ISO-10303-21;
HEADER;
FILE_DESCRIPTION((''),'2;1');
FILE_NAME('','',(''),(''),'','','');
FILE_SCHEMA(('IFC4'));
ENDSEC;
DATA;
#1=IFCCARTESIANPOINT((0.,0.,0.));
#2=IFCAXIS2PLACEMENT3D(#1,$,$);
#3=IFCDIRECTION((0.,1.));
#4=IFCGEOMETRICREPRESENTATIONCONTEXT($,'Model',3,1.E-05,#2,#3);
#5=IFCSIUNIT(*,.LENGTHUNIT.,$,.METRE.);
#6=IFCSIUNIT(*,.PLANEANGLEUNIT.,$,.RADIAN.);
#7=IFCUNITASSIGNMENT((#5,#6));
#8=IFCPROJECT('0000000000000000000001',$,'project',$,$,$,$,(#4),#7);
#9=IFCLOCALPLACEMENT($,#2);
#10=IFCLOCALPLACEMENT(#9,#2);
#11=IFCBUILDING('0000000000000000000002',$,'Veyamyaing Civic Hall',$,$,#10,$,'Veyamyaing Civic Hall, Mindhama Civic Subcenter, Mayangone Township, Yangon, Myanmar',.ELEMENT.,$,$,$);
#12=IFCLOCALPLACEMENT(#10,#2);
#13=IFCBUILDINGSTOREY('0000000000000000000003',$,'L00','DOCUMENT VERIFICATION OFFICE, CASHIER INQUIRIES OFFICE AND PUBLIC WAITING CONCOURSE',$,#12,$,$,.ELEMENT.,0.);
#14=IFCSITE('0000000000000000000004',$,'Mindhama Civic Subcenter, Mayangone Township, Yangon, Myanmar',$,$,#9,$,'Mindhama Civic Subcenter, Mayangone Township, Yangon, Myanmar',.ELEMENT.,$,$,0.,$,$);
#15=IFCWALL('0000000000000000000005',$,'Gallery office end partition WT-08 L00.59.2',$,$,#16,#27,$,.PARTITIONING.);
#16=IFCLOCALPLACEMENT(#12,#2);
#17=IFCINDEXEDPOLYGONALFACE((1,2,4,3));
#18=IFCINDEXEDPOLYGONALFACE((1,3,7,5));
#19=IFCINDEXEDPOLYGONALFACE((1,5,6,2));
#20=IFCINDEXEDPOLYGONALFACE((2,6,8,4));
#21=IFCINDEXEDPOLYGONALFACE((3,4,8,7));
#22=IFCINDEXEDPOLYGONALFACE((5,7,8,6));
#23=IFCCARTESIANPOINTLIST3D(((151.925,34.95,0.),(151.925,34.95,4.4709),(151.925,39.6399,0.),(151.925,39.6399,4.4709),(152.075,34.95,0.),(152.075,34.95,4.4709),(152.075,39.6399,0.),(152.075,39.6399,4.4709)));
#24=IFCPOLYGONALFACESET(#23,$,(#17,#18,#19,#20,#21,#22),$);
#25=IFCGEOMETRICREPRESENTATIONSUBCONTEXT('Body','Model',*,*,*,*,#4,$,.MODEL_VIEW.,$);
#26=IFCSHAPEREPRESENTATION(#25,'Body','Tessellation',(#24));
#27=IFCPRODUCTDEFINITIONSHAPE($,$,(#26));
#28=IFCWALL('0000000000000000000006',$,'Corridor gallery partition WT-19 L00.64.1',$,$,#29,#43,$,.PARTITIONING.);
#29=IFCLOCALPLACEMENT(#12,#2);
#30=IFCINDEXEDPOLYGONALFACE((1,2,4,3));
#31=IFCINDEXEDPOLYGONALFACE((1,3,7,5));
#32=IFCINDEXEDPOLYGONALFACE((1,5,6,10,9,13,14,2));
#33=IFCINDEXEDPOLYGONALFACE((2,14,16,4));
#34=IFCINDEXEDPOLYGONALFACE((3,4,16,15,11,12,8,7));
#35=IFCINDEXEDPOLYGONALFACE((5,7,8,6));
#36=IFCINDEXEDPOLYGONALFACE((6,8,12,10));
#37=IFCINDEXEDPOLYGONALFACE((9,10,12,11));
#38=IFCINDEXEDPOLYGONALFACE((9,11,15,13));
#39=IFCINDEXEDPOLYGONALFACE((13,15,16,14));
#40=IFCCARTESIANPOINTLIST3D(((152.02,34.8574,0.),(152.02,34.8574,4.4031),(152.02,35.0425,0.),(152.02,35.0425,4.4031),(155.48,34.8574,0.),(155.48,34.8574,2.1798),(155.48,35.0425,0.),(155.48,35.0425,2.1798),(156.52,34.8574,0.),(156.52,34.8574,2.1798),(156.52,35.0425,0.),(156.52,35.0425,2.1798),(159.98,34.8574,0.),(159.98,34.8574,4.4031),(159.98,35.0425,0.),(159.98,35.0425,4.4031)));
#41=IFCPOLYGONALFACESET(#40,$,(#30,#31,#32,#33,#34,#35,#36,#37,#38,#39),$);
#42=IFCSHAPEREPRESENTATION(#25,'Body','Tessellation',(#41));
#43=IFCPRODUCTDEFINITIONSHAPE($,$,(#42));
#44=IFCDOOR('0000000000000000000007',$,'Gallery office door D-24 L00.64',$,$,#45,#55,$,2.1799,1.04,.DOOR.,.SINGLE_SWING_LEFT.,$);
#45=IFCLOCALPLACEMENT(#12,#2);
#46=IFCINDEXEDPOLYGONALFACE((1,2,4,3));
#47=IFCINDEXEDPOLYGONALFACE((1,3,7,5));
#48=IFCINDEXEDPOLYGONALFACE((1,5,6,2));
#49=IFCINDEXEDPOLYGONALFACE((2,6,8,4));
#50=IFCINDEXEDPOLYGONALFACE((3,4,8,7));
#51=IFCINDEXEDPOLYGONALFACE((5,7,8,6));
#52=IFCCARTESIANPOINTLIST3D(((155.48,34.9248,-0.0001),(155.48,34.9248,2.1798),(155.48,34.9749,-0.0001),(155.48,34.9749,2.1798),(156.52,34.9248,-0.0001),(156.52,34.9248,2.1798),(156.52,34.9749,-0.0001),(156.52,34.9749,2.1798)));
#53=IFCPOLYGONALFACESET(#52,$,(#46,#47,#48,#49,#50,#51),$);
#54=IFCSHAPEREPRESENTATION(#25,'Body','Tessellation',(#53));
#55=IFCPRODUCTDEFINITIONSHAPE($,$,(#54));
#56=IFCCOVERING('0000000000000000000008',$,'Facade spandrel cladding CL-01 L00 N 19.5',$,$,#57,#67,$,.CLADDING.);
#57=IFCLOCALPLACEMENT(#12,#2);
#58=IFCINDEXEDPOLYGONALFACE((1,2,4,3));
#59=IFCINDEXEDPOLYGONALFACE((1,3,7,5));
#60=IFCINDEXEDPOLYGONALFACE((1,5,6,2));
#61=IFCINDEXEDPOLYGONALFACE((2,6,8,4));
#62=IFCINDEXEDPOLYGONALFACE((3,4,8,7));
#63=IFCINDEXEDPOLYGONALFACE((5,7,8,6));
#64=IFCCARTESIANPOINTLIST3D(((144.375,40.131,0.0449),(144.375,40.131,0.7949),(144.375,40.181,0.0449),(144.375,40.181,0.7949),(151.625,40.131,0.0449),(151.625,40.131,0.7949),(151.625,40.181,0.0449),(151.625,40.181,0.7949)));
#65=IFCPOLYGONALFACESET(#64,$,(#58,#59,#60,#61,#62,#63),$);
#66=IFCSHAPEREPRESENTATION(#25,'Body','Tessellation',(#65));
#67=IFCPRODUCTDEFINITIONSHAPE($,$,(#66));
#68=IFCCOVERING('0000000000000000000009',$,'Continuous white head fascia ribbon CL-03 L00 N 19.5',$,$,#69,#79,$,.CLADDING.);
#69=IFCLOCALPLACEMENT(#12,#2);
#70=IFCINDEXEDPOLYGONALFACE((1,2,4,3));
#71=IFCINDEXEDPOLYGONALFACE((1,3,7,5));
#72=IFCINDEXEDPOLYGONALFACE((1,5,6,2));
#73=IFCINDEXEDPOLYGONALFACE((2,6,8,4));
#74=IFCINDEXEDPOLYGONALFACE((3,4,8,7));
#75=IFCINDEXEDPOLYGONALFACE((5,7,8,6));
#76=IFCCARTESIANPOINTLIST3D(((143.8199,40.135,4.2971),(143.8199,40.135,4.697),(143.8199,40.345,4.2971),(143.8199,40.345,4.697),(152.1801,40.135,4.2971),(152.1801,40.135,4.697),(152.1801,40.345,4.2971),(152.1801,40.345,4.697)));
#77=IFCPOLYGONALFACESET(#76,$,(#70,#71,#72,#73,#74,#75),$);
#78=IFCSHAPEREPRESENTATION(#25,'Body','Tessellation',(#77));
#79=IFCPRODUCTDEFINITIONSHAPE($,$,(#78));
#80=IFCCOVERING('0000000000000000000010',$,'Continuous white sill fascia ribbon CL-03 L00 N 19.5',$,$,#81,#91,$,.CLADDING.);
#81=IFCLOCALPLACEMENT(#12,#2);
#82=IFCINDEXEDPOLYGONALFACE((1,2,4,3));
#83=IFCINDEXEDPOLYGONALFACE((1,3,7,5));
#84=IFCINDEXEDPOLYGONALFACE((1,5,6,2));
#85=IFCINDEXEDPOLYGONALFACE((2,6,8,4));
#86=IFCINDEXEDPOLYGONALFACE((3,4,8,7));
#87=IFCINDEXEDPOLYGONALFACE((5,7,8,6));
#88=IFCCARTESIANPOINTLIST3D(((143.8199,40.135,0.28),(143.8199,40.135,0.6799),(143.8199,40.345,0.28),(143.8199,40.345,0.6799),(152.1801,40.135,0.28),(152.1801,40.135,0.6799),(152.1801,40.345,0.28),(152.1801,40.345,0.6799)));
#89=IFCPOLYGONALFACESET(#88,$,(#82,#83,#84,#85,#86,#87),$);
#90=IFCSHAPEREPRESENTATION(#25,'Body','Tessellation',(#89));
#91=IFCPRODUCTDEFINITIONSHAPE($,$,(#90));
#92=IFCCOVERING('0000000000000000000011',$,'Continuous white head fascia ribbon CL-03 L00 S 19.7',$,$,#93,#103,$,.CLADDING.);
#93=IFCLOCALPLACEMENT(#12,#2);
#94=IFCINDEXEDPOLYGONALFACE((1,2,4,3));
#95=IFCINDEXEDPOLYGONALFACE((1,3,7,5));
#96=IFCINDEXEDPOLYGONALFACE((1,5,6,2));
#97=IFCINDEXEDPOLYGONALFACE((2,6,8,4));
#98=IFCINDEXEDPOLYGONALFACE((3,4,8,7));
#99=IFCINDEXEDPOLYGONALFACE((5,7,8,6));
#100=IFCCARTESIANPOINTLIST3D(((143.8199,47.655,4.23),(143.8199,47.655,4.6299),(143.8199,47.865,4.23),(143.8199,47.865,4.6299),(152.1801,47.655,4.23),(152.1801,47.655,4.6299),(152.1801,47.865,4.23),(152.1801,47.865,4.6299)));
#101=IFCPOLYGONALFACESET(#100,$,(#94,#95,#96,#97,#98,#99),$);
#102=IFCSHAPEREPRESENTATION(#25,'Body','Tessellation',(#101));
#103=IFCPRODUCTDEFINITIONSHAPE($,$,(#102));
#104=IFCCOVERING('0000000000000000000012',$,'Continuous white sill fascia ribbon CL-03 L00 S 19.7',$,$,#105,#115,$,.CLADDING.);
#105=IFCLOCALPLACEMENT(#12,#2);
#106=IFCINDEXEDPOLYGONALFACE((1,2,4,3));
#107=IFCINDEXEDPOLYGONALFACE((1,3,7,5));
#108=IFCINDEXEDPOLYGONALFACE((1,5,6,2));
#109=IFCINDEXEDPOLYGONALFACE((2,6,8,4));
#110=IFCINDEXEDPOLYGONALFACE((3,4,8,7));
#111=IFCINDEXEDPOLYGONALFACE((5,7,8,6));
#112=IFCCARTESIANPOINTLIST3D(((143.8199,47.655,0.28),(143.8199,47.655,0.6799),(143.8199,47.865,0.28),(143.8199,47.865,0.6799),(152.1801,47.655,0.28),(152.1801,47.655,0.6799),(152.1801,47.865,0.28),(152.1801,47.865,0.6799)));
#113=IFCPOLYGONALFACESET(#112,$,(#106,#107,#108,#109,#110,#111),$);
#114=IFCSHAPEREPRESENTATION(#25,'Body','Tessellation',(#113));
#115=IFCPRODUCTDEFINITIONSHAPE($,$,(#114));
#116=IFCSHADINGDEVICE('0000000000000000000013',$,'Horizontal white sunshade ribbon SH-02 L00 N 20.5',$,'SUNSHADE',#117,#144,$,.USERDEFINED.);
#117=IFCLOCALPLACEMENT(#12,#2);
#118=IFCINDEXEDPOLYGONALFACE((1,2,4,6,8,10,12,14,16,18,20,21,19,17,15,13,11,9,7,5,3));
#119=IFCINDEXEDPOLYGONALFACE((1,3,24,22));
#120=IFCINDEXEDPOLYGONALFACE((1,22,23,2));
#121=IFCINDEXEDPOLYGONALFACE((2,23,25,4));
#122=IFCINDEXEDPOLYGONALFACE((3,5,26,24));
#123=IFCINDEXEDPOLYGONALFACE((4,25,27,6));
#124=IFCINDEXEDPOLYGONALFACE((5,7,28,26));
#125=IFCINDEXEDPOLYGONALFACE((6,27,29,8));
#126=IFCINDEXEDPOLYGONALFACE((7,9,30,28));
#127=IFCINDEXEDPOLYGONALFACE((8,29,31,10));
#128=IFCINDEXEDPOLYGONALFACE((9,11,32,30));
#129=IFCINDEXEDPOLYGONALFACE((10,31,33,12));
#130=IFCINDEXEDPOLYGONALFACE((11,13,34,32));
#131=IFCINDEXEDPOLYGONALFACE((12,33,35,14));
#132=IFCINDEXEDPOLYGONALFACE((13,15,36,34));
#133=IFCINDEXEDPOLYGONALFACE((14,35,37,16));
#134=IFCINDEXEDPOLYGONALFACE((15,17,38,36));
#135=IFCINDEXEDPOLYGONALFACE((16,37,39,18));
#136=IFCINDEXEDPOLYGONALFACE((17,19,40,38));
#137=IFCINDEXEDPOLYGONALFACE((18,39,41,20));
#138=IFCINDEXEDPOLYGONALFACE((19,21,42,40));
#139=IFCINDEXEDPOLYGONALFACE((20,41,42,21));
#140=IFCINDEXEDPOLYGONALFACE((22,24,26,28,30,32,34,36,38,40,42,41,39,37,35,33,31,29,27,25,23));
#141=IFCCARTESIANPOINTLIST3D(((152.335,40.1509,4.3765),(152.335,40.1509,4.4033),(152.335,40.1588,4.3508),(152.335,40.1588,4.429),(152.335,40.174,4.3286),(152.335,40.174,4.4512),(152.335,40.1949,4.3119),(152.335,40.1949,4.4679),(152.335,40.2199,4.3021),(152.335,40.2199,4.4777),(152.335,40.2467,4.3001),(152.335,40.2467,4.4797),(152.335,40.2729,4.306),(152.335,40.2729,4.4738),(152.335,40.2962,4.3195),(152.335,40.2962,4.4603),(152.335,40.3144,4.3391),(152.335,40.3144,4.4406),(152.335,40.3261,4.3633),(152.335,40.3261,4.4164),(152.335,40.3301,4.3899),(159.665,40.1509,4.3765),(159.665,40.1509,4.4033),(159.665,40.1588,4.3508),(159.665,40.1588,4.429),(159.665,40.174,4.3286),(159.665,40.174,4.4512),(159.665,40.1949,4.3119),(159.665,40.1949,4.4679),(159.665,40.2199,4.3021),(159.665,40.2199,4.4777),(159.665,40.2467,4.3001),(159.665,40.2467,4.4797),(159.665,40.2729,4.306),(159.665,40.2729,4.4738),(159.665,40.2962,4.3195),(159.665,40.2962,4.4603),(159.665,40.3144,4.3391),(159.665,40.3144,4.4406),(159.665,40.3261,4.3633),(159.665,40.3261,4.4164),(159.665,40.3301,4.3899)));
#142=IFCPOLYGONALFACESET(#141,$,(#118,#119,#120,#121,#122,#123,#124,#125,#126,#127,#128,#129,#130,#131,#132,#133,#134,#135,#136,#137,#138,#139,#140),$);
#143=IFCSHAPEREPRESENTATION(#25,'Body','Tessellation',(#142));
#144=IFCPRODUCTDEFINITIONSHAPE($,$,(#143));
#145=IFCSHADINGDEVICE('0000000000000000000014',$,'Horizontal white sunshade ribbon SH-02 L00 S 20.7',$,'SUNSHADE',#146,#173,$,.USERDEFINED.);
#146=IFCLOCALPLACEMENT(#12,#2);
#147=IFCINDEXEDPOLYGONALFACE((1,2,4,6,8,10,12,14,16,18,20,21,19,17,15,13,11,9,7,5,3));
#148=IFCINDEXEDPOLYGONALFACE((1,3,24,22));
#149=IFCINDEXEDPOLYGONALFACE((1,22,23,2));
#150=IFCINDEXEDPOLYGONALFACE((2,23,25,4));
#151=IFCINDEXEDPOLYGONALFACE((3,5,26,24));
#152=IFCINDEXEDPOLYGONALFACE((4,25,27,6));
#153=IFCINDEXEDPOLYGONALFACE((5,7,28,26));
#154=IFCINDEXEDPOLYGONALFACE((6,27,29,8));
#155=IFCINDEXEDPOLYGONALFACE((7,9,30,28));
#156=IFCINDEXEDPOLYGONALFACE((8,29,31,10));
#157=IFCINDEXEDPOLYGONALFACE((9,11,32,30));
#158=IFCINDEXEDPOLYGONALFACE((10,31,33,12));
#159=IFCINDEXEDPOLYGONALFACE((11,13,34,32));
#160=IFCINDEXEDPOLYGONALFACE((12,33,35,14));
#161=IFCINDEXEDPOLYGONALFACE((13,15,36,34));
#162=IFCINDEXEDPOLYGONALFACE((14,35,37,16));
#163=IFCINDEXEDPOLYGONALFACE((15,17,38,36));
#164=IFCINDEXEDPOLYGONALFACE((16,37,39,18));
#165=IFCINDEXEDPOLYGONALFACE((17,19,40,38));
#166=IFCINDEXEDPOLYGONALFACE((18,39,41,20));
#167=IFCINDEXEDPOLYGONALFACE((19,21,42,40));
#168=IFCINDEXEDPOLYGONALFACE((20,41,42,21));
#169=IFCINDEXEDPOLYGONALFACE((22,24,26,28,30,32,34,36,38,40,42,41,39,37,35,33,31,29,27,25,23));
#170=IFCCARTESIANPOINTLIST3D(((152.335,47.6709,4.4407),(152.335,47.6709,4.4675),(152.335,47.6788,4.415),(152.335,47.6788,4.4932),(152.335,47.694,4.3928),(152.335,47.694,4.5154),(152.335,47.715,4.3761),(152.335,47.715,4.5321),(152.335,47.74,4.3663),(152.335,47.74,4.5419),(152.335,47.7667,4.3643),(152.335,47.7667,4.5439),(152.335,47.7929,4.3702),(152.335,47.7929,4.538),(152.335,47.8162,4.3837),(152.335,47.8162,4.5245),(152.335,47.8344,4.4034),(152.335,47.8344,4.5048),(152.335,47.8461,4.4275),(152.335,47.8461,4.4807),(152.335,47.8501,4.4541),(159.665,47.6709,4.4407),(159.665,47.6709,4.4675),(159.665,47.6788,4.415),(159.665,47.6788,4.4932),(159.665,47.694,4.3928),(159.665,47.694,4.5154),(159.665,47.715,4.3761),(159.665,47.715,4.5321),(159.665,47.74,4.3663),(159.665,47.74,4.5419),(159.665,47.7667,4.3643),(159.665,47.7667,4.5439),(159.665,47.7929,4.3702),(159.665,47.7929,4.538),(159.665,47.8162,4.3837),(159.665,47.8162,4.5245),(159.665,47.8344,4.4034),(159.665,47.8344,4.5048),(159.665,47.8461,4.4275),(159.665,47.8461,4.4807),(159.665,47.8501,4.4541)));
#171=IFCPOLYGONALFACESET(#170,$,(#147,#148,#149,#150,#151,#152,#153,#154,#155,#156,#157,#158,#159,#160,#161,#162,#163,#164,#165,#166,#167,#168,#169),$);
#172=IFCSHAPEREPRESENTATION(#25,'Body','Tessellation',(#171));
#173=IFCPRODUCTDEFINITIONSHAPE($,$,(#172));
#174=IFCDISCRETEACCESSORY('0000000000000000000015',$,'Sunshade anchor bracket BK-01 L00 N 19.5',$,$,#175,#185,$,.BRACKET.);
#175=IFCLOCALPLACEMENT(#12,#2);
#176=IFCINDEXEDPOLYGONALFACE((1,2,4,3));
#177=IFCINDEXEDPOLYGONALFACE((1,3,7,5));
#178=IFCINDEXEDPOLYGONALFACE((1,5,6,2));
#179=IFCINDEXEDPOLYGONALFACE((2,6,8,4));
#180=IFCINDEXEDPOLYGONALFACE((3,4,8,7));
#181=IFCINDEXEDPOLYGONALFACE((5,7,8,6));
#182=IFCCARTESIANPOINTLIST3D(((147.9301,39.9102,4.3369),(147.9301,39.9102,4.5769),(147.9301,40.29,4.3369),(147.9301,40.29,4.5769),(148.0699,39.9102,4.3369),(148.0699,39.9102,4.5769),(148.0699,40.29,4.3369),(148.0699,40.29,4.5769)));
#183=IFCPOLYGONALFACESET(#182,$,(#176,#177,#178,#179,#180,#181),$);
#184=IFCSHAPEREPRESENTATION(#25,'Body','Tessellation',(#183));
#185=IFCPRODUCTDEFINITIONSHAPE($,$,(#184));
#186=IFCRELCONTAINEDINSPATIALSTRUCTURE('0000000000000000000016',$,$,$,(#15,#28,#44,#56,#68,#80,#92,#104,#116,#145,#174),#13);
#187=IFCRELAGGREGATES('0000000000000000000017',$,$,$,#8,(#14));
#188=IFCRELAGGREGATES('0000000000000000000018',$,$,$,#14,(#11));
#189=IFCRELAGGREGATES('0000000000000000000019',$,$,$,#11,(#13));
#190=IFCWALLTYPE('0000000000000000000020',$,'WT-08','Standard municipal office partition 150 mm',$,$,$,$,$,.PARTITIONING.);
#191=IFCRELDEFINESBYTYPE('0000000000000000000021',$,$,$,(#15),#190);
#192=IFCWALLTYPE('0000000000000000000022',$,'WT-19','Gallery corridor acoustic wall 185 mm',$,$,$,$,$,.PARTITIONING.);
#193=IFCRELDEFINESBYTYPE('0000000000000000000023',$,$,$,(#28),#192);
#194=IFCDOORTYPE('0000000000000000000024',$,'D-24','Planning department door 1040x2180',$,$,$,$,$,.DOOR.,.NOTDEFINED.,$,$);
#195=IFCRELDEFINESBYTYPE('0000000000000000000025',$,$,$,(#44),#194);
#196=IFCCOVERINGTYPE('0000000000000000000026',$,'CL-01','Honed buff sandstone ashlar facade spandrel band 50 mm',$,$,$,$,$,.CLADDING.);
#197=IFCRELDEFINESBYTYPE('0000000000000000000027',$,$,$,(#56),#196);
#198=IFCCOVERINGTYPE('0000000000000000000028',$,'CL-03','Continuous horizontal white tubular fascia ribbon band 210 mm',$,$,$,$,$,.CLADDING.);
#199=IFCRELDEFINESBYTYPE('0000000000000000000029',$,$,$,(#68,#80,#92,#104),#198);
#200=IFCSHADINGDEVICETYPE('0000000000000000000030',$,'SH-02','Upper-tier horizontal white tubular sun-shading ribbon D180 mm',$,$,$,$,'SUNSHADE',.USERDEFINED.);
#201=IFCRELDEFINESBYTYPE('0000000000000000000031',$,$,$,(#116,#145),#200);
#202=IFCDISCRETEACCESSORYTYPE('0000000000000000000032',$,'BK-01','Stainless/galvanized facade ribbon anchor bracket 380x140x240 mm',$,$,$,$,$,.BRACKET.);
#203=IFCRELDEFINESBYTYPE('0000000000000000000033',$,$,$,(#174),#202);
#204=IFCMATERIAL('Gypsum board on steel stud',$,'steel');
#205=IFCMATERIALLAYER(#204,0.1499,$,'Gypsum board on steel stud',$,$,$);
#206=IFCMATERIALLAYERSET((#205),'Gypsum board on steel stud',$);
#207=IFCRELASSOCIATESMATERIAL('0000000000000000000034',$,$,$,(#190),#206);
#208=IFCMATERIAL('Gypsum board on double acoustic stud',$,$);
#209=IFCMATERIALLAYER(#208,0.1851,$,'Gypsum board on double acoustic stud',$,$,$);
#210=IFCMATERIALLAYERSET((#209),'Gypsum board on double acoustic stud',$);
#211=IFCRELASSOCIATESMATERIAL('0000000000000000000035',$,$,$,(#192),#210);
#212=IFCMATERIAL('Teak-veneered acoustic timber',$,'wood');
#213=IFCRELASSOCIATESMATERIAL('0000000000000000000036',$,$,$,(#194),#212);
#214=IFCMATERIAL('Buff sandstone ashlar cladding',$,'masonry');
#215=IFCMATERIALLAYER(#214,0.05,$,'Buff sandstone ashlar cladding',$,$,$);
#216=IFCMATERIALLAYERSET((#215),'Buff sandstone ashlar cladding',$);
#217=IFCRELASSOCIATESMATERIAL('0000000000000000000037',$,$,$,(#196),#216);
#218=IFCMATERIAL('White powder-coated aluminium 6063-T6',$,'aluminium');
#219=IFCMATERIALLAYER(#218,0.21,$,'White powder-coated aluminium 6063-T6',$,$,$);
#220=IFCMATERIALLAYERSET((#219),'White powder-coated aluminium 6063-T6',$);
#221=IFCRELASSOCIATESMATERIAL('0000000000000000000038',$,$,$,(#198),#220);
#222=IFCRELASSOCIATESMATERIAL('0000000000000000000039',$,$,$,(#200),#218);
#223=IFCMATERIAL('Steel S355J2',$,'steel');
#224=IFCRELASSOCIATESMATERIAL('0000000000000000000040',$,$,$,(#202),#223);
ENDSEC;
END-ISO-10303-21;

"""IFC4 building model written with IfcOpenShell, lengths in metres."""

from ifc_helpers import new_model, si_unit, direction, frame, frame_2d, origin, origin_2d, place, context, subcontext, project, spatial, rectangle, circle, extrude, material, layer, layer_set, material_profile, profile_set, type_object, element, fill, save


model = new_model("IFC4")

# Units and contexts
model_context = context("Model", 3, precision=1e-05, world=origin(), true_north=direction((0.0, 1.0)))
body_context = subcontext(model_context, "Body", "Model", "MODEL_VIEW")
ifc_project = project(units=[si_unit("LENGTHUNIT", "METRE"), si_unit("PLANEANGLEUNIT", "RADIAN")], contexts=[model_context])

# Site, building, storey
site_placement = place(None, origin())
site = spatial("IfcSite", under=ifc_project, at=site_placement, Name="Mindhama Civic Subcenter, Mayangone Township, Yangon, Myanmar", LongName="Mindhama Civic Subcenter, Mayangone Township, Yangon, Myanmar", CompositionType="ELEMENT", RefElevation=0.0)
building_placement = place(site_placement, origin())
building = spatial("IfcBuilding", under=site, at=building_placement, Name="Veyamyaing Civic Hall", LongName="Veyamyaing Civic Hall, Mindhama Civic Subcenter, Mayangone Township, Yangon, Myanmar", CompositionType="ELEMENT")
storey_placement = place(building_placement, origin())
storey = spatial("IfcBuildingStorey", under=building, at=storey_placement, Name="L00", Description="DOCUMENT VERIFICATION OFFICE, CASHIER INQUIRIES OFFICE AND PUBLIC WAITING CONCOURSE", CompositionType="ELEMENT", Elevation=0.0)

# Shared definitions
ifc_material_1 = material(Name="Teak-veneered acoustic timber", Category="wood")

# Wall
ifc_material_2 = material(Name="Gypsum board on steel stud", Category="steel")
ifc_layer_1 = layer(ifc_material_2, 0.1499, Name="Gypsum board on steel stud")
ifc_layer_set_1 = layer_set([ifc_layer_1], Name="Gypsum board on steel stud")
wall_type_1 = type_object("IfcWallType", Name="WT-08", Description="Standard municipal office partition 150 mm", PredefinedType="PARTITIONING", material=ifc_layer_set_1)
wall_1_placement = place(storey_placement, frame((152.0, 34.95, 0.0), z_axis=(0.0, 0.0, 1.0), x_axis=(0.0, 1.0, 0.0)))
element("IfcWall", 1, at=wall_1_placement, inside=storey, type_object=wall_type_1, Name="Gallery office end partition WT-08 L00.59.2", PredefinedType="PARTITIONING", context=body_context, shape_type="SweptSolid", body=[
    extrude(rectangle(XDim=4.6899, YDim=0.1499, at=frame_2d((2.345, 0.0))), origin(), (0.0, 0.0, 1.0), 4.4709),
])

# Wall, opening, door
ifc_material_3 = material(Name="Gypsum board on double acoustic stud")
ifc_layer_2 = layer(ifc_material_3, 0.1851, Name="Gypsum board on double acoustic stud")
ifc_layer_set_2 = layer_set([ifc_layer_2], Name="Gypsum board on double acoustic stud")
wall_type_2 = type_object("IfcWallType", Name="WT-19", Description="Gallery corridor acoustic wall 185 mm", PredefinedType="PARTITIONING", material=ifc_layer_set_2)
wall_2_placement = place(storey_placement, frame((152.02, 34.95, 0.0), z_axis=(0.0, 0.0, 1.0), x_axis=(1.0, 0.0, 0.0)))
wall_2 = element("IfcWall", 2, at=wall_2_placement, inside=storey, type_object=wall_type_2, Name="Corridor gallery partition WT-19 L00.64.1", PredefinedType="PARTITIONING", context=body_context, shape_type="SweptSolid", body=[
    extrude(rectangle(XDim=7.96, YDim=0.1851, at=frame_2d((3.98, 0.0))), origin(), (0.0, 0.0, 1.0), 4.4031),
])
opening_1_placement = place(wall_2_placement, frame((3.46, 0.0, 0.0)))
opening_1 = element("IfcOpeningElement", 3, at=opening_1_placement, cuts=wall_2, PredefinedType="OPENING", context=body_context, shape_type="SweptSolid", body=[
    extrude(rectangle(XDim=1.04, YDim=2.1799, at=frame_2d((0.52, 1.0898))), frame((0.0, 0.1025, 0.0), z_axis=(0.0, -1.0, 0.0), x_axis=(1.0, 0.0, 0.0)), (0.0, 0.0, 1.0), 0.2051),
])
door_type_1 = type_object("IfcDoorType", Name="D-24", Description="Planning department door 1040x2180", OperationType="NOTDEFINED", PredefinedType="DOOR", material=ifc_material_1)
door_1_placement = place(opening_1_placement, origin())
door_1 = element("IfcDoor", 4, at=door_1_placement, inside=storey, type_object=door_type_1, Name="Gallery office door D-24 L00.64", OperationType="SINGLE_SWING_LEFT", OverallHeight=2.1799, OverallWidth=1.04, PredefinedType="DOOR", context=body_context, shape_type="SweptSolid", body=[
    extrude(rectangle(XDim=1.04, YDim=2.1799, at=frame_2d((0.52, 1.0898))), frame((0.0, 0.0249, 0.0), z_axis=(0.0, -1.0, 0.0), x_axis=(1.0, 0.0, 0.0)), (0.0, 0.0, 1.0), 0.05),
])
fill(opening_1, door_1)

# Coverings
ifc_material_4 = material(Name="Buff sandstone ashlar cladding", Category="masonry")
ifc_layer_3 = layer(ifc_material_4, 0.05, Name="Buff sandstone ashlar cladding")
ifc_layer_set_3 = layer_set([ifc_layer_3], Name="Buff sandstone ashlar cladding")
covering_type_1 = type_object("IfcCoveringType", Name="CL-01", Description="Honed buff sandstone ashlar facade spandrel band 50 mm", PredefinedType="CLADDING", material=ifc_layer_set_3)
covering_placement = place(storey_placement, frame((148.0, 40.156, 0.0449), z_axis=(0.0, 0.0, 1.0), x_axis=(1.0, 0.0, 0.0)))
element("IfcCovering", 5, at=covering_placement, inside=storey, type_object=covering_type_1, Name="Facade spandrel cladding CL-01 L00 N 19.5", PredefinedType="CLADDING", context=body_context, shape_type="SweptSolid", body=[
    extrude(rectangle(XDim=7.25, YDim=0.05, at=origin_2d()), origin(), (0.0, 0.0, 1.0), 0.75),
])
ifc_material_5 = material(Name="White powder-coated aluminium 6063-T6", Category="aluminium")
ifc_layer_4 = layer(ifc_material_5, 0.21, Name="White powder-coated aluminium 6063-T6")
ifc_layer_set_4 = layer_set([ifc_layer_4], Name="White powder-coated aluminium 6063-T6")
covering_type_2 = type_object("IfcCoveringType", Name="CL-03", Description="Continuous horizontal white tubular fascia ribbon band 210 mm", PredefinedType="CLADDING", material=ifc_layer_set_4)
for number, where, z_axis, x_axis, name in (
    (6, (148.0, 40.24, 4.2971), (0.0, 0.0, 1.0), (1.0, 0.0, 0.0), "Continuous white head fascia ribbon CL-03 L00 N 19.5"),
    (7, (148.0, 40.24, 0.28), (0.0, 0.0, 1.0), (1.0, 0.0, 0.0), "Continuous white sill fascia ribbon CL-03 L00 N 19.5"),
    (8, (148.0, 47.76, 4.23), (0.0, 0.0, 1.0), (1.0, 0.0, 0.0), "Continuous white head fascia ribbon CL-03 L00 S 19.7"),
    (9, (148.0, 47.76, 0.28), (0.0, 0.0, 1.0), (1.0, 0.0, 0.0), "Continuous white sill fascia ribbon CL-03 L00 S 19.7"),
):
    element("IfcCovering", number, at=place(storey_placement, frame(where, z_axis=z_axis, x_axis=x_axis)), inside=storey, type_object=covering_type_2, Name=name, PredefinedType="CLADDING", context=body_context, shape_type="SweptSolid", body=[
        extrude(rectangle(XDim=8.3601, YDim=0.21, at=origin_2d()), origin(), (0.0, 0.0, 1.0), 0.3999),
    ])

# Shading devices
ifc_material_profile_1 = material_profile(ifc_material_5, circle(Radius=0.0901, at=origin_2d()), Name="SHADE-TUBE-180")
ifc_profile_set_1 = profile_set([ifc_material_profile_1], Name="White powder-coated aluminium 6063-T6")
shading_device_type = type_object("IfcShadingDeviceType", Name="SH-02", Description="Upper-tier horizontal white tubular sun-shading ribbon D180 mm", ElementType="SUNSHADE", PredefinedType="USERDEFINED", material=ifc_profile_set_1)
for number, where, z_axis, x_axis, name in (
    (10, (152.335, 40.24, 4.3899), (1.0, 0.0, 0.0), (0.0, 1.0, 0.0), "Horizontal white sunshade ribbon SH-02 L00 N 20.5"),
    (11, (152.335, 47.76, 4.4541), (1.0, 0.0, 0.0), (0.0, 1.0, 0.0), "Horizontal white sunshade ribbon SH-02 L00 S 20.7"),
):
    element("IfcShadingDevice", number, at=place(storey_placement, frame(where, z_axis=z_axis, x_axis=x_axis)), inside=storey, type_object=shading_device_type, Name=name, ObjectType="SUNSHADE", PredefinedType="USERDEFINED", context=body_context, shape_type="SweptSolid", body=[
        extrude(circle(Radius=0.0901, at=origin_2d()), origin(), (0.0, 0.0, 1.0), 7.3301),
    ])

# Discrete accessory
ifc_material_6 = material(Name="Steel S355J2", Category="steel")
discrete_accessory_type = type_object("IfcDiscreteAccessoryType", Name="BK-01", Description="Stainless/galvanized facade ribbon anchor bracket 380x140x240 mm", PredefinedType="BRACKET", material=ifc_material_6)
for number, where, z_axis, x_axis, name in (
    (12, (148.0, 40.1001, 4.3369), (0.0, 0.0, 1.0), (0.0, 1.0, 0.0), "Sunshade anchor bracket BK-01 L00 N 19.5"),
):
    element("IfcDiscreteAccessory", number, at=place(storey_placement, frame(where, z_axis=z_axis, x_axis=x_axis)), inside=storey, type_object=discrete_accessory_type, Name=name, PredefinedType="BRACKET", context=body_context, shape_type="SweptSolid", body=[
        extrude(rectangle(XDim=0.3799, YDim=0.1399, at=origin_2d()), origin(), (0.0, 0.0, 1.0), 0.24),
    ])

save(model, "model.ifc")
